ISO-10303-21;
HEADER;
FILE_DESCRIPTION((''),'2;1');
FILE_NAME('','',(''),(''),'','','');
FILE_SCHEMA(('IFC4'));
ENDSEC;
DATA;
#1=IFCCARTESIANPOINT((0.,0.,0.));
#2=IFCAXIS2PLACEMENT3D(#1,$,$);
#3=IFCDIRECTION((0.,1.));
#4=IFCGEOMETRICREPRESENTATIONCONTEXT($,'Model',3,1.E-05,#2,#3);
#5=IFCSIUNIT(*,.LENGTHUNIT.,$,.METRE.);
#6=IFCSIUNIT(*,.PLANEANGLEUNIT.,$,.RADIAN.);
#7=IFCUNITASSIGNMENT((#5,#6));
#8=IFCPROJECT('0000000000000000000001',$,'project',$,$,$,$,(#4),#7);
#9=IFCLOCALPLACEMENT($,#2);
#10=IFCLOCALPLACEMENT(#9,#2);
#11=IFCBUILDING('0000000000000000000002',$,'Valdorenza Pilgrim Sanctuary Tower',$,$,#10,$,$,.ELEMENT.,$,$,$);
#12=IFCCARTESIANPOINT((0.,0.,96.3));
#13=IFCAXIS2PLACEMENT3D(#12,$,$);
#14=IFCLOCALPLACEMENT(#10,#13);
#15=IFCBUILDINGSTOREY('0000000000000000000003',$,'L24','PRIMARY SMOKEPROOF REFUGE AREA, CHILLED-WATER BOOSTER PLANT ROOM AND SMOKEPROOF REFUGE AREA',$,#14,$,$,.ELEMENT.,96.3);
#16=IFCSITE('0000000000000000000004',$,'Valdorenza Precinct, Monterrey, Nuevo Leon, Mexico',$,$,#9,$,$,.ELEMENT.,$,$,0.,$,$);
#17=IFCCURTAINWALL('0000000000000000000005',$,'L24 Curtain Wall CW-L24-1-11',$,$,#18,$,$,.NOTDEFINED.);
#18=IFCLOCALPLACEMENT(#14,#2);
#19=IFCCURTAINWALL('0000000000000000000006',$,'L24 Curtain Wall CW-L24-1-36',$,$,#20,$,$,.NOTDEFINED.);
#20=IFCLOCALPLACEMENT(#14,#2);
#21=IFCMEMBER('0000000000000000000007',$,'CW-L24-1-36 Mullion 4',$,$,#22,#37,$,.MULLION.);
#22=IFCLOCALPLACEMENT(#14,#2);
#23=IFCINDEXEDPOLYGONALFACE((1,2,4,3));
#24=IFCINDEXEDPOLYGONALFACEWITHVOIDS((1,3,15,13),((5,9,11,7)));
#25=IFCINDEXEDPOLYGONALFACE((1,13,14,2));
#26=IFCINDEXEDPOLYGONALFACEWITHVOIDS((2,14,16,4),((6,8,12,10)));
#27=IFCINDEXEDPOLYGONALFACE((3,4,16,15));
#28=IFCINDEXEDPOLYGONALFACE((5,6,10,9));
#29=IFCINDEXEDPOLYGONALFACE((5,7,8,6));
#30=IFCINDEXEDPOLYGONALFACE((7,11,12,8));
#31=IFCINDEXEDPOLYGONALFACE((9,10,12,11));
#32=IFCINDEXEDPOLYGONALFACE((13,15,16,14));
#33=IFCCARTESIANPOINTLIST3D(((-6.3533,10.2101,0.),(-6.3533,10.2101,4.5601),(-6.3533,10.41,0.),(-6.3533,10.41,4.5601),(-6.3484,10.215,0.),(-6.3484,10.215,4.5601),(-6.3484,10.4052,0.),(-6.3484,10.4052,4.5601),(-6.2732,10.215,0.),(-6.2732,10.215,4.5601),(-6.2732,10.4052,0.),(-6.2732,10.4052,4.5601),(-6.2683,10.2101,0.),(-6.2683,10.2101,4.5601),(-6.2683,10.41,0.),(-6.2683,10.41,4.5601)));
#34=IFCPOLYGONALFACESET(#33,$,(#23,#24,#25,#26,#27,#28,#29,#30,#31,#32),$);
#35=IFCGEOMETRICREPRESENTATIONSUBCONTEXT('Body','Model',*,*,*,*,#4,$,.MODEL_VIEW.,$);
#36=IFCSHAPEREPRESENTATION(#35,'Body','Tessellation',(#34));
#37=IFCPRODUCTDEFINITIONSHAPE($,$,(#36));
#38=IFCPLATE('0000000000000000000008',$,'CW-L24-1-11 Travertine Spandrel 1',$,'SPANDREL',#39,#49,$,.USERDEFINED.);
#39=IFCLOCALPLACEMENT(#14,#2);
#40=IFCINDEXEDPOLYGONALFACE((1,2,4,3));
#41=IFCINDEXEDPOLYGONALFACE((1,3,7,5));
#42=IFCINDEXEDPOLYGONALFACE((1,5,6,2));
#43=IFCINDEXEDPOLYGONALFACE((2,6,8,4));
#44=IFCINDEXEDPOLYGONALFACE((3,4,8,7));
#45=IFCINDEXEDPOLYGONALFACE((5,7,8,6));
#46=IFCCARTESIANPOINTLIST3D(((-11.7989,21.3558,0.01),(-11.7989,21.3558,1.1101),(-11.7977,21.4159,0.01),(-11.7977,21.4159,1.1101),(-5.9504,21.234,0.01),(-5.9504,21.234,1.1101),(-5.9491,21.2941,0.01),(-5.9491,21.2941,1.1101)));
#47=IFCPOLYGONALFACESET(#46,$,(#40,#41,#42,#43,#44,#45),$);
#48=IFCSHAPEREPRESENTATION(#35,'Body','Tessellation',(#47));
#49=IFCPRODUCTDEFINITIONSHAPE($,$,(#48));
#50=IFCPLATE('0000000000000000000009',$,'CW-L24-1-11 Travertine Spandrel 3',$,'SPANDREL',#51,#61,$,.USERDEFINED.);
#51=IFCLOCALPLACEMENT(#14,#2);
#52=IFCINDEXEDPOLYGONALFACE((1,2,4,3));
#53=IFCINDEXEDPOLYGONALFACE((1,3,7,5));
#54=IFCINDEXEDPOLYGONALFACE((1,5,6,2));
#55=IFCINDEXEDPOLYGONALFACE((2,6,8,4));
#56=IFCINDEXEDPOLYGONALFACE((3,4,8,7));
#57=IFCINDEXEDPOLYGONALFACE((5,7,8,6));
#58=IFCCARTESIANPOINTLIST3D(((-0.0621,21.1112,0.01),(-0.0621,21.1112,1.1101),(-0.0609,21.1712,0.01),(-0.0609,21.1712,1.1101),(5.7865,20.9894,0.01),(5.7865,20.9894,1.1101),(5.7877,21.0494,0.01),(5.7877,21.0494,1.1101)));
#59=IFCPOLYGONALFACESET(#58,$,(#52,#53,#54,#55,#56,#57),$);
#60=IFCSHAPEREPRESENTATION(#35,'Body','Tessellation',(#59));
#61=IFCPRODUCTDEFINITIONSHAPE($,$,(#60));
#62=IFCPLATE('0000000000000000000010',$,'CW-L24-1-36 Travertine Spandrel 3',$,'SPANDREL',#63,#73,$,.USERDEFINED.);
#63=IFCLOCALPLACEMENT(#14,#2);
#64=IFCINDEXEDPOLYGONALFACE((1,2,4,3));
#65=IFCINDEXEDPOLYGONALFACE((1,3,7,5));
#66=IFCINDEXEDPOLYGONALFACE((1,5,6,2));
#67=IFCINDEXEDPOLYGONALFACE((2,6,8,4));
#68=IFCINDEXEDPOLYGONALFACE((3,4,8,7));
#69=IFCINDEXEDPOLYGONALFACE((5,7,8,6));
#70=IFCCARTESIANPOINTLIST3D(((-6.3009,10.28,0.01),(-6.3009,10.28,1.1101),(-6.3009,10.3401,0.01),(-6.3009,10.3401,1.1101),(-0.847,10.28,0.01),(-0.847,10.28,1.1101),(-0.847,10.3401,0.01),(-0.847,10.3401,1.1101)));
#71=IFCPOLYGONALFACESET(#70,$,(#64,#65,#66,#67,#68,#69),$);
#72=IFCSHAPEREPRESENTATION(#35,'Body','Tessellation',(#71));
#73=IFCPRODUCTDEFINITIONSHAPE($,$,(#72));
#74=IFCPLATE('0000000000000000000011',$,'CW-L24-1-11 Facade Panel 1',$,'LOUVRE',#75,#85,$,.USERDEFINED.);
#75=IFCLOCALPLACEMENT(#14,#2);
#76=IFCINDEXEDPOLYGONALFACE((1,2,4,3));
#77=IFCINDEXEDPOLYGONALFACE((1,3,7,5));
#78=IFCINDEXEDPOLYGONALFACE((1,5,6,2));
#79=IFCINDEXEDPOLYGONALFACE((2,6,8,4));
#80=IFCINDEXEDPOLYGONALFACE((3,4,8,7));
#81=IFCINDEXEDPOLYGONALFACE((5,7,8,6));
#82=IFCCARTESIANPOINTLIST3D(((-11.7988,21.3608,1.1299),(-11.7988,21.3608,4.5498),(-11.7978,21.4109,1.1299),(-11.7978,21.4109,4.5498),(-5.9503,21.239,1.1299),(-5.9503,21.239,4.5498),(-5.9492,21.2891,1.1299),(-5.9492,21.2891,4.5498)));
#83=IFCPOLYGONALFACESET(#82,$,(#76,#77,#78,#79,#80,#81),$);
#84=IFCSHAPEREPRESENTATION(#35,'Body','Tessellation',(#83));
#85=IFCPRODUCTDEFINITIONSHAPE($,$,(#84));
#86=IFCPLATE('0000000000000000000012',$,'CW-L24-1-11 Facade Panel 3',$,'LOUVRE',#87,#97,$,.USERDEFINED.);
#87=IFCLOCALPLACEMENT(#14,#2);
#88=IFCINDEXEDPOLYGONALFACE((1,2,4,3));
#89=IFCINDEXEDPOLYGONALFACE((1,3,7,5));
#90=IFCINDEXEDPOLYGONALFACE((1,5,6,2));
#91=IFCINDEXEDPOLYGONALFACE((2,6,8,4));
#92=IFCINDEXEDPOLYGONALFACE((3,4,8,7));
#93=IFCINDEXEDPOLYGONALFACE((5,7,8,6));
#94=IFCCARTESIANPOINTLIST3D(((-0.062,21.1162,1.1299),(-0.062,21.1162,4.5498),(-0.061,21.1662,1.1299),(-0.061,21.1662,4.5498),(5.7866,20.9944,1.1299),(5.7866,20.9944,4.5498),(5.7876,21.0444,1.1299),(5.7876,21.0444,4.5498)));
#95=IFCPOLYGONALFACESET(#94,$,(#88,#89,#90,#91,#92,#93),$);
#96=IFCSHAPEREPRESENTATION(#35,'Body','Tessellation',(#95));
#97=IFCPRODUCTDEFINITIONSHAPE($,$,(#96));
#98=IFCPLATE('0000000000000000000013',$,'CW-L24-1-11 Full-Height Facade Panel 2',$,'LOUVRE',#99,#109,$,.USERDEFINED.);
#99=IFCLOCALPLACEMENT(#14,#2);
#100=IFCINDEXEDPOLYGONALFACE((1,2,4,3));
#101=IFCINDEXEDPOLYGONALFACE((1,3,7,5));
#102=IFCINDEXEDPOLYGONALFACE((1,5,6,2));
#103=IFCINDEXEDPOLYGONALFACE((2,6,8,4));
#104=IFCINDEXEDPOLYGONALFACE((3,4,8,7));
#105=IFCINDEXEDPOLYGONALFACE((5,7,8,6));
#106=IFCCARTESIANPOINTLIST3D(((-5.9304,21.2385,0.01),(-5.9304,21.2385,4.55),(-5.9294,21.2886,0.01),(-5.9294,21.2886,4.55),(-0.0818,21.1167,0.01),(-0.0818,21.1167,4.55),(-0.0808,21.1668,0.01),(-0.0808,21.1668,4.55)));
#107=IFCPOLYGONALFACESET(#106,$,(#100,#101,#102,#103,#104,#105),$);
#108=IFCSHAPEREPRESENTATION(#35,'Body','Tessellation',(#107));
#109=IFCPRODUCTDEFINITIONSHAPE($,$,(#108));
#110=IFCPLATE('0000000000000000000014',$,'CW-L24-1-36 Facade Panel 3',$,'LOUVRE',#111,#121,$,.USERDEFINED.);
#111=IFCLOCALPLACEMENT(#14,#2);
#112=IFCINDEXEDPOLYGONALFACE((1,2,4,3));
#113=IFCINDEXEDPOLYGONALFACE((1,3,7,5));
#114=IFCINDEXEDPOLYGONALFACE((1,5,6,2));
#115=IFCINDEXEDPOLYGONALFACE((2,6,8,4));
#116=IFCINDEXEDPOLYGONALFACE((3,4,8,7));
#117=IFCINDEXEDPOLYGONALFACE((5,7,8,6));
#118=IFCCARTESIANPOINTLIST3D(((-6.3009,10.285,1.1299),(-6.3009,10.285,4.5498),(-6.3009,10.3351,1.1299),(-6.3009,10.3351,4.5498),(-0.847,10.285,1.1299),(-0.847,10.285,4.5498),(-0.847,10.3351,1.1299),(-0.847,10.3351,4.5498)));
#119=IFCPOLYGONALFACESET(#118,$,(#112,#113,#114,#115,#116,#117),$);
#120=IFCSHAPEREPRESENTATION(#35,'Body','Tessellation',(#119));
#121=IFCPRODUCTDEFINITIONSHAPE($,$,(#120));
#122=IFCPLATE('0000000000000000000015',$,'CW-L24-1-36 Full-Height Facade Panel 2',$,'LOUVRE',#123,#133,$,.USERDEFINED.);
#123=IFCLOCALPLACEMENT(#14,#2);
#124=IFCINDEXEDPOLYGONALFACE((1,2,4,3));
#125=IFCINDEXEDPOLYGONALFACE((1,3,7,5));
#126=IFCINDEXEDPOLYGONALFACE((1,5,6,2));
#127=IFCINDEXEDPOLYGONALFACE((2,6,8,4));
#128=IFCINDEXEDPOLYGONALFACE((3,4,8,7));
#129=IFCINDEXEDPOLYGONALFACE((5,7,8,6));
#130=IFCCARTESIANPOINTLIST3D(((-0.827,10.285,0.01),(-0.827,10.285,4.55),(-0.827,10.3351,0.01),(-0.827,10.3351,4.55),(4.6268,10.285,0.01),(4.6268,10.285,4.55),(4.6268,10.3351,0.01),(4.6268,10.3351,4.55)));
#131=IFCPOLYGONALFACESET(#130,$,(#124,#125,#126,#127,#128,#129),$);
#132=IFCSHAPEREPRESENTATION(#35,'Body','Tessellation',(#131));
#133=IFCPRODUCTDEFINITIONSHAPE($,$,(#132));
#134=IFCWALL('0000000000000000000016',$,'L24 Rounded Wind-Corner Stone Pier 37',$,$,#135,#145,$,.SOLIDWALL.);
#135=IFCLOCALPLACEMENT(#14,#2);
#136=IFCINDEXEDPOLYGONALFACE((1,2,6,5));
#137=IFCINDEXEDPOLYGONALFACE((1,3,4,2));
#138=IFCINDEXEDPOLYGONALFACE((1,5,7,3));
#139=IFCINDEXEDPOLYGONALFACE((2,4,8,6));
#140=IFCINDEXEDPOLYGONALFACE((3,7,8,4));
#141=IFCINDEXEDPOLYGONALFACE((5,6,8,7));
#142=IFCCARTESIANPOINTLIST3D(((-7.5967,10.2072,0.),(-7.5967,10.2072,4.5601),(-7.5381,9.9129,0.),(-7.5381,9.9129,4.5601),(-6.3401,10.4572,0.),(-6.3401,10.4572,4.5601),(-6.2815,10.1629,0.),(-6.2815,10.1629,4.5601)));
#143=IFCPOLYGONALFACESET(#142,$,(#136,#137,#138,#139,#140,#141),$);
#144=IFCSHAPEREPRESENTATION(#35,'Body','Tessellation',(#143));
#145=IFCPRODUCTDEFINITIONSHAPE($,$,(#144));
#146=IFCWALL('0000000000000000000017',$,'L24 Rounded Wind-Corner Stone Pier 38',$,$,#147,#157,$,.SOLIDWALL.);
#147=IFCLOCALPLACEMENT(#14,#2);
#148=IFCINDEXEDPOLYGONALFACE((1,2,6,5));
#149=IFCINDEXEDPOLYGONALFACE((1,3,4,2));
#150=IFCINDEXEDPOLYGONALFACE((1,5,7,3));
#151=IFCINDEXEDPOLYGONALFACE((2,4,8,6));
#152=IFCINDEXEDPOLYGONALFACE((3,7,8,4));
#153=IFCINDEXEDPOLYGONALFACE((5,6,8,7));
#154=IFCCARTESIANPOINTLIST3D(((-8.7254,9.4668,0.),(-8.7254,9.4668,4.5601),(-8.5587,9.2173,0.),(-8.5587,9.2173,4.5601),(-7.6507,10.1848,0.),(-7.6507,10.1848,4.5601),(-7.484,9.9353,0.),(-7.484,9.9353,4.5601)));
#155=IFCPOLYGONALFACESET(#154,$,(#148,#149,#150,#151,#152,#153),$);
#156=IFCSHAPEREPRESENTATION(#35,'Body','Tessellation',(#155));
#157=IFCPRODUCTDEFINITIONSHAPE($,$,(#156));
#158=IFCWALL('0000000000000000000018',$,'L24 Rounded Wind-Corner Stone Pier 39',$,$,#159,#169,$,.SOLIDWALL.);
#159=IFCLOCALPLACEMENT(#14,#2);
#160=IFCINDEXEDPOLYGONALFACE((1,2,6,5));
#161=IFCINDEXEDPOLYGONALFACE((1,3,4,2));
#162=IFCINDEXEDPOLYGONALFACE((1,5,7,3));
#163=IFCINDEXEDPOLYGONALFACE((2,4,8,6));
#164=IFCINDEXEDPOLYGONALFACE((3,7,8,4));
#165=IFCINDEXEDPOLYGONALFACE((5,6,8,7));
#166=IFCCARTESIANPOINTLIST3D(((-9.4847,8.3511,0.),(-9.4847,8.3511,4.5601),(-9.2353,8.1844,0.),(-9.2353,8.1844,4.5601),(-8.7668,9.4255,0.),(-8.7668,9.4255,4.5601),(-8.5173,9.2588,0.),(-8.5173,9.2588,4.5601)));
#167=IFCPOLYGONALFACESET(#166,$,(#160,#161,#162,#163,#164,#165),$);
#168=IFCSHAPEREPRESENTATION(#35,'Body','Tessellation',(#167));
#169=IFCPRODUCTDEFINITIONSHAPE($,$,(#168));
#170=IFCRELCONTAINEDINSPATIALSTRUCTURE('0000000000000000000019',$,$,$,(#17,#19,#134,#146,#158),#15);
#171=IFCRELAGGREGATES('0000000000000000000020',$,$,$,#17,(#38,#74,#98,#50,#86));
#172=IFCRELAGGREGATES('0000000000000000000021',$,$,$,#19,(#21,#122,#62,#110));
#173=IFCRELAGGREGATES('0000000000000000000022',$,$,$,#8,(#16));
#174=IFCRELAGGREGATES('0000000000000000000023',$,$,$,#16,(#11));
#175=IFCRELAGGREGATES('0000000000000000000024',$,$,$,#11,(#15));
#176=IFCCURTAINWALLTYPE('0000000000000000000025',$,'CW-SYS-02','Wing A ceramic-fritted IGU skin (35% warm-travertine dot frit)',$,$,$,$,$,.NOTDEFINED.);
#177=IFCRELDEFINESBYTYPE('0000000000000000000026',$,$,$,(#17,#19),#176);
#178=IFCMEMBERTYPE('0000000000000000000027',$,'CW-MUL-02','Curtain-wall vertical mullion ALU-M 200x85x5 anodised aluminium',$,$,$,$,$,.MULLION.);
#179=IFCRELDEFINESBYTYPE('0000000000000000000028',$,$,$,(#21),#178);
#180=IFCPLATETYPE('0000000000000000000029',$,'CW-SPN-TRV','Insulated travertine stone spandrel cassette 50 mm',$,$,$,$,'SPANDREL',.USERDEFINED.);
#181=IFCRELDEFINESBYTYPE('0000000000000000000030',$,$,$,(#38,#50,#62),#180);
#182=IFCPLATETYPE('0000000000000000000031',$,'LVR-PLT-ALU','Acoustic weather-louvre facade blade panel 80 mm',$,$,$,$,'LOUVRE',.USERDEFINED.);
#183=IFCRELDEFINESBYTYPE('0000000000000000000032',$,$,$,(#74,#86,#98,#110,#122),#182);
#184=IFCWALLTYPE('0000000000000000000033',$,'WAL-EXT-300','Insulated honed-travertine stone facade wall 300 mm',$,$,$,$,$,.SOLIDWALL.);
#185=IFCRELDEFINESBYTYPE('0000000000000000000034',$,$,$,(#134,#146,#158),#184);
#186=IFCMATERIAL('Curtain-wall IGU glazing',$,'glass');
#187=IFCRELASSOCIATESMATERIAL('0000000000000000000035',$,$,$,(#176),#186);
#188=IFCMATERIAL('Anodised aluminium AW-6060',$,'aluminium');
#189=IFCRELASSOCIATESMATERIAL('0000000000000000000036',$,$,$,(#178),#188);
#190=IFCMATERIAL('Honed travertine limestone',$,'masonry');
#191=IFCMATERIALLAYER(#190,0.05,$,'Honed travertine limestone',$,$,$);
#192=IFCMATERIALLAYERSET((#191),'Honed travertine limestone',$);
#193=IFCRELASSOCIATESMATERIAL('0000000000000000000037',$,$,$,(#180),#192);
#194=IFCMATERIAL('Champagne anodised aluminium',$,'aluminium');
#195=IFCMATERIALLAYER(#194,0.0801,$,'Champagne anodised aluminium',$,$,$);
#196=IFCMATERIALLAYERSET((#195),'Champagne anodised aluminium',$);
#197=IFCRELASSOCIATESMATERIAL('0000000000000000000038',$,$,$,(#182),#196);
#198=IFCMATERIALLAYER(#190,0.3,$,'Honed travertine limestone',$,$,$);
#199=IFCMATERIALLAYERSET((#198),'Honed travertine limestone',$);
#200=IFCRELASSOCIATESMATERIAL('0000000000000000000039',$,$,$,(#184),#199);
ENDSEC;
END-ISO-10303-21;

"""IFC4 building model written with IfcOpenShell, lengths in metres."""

from ifc_helpers import new_model, si_unit, direction, frame, frame_2d, origin, origin_2d, place, context, subcontext, project, spatial, rectangle, hollow_rectangle, extrude, source, transform, mapped, material, layer, layer_set, material_profile, profile_set, type_object, element, aggregate, save


model = new_model("IFC4")

# Units and contexts
model_context = context("Model", 3, precision=1e-05, world=origin(), true_north=direction((0.0, 1.0)))
body_context = subcontext(model_context, "Body", "Model", "MODEL_VIEW")
ifc_project = project(units=[si_unit("LENGTHUNIT", "METRE"), si_unit("PLANEANGLEUNIT", "RADIAN")], contexts=[model_context])

# Site, building, storey
site_placement = place(None, origin())
site = spatial("IfcSite", under=ifc_project, at=site_placement, Name="Valdorenza Precinct, Monterrey, Nuevo Leon, Mexico", CompositionType="ELEMENT", RefElevation=0.0)
building_placement = place(site_placement, origin())
building = spatial("IfcBuilding", under=site, at=building_placement, Name="Valdorenza Pilgrim Sanctuary Tower", CompositionType="ELEMENT")
storey_placement = place(building_placement, frame((0.0, 0.0, 96.3)))
storey = spatial("IfcBuildingStorey", under=building, at=storey_placement, Name="L24", Description="PRIMARY SMOKEPROOF REFUGE AREA, CHILLED-WATER BOOSTER PLANT ROOM AND SMOKEPROOF REFUGE AREA", CompositionType="ELEMENT", Elevation=96.3)

# Curtain walls, member
ifc_material_1 = material(Name="Curtain-wall IGU glazing", Category="glass")
curtain_wall_type = type_object("IfcCurtainWallType", Name="CW-SYS-02", Description="Wing A ceramic-fritted IGU skin (35% warm-travertine dot frit)", PredefinedType="NOTDEFINED", material=ifc_material_1)
curtain_wall_1_placement = place(storey_placement, origin())
curtain_wall_1 = element("IfcCurtainWall", 1, at=curtain_wall_1_placement, inside=storey, type_object=curtain_wall_type, Name="L24 Curtain Wall CW-L24-1-11", PredefinedType="NOTDEFINED")
ifc_material_2 = material(Name="Anodised aluminium AW-6060", Category="aluminium")
ifc_material_profile_1 = material_profile(ifc_material_2, hollow_rectangle(XDim=0.085, YDim=0.2, WallThickness=0.0049, at=origin_2d()), Name="ALU-M 200x85x5")
ifc_profile_set_1 = profile_set([ifc_material_profile_1], Name="Anodised aluminium AW-6060")
member_type = type_object("IfcMemberType", Name="CW-MUL-02", Description="Curtain-wall vertical mullion ALU-M 200x85x5 anodised aluminium", PredefinedType="MULLION", material=ifc_profile_set_1)
shared_shape_1 = source(origin(), body_context, "Body", "SweptSolid", [
    extrude(hollow_rectangle(XDim=0.085, YDim=0.2, WallThickness=0.0049, at=origin_2d()), origin(), (0.0, 0.0, 1.0), 4.5601),
])
curtain_wall_2_placement = place(storey_placement, origin())
curtain_wall_2 = element("IfcCurtainWall", 2, at=curtain_wall_2_placement, inside=storey, type_object=curtain_wall_type, Name="L24 Curtain Wall CW-L24-1-36", PredefinedType="NOTDEFINED")
member_1_placement = place(storey_placement, frame((-6.3108, 10.3101, 0.0), z_axis=(0.0, 0.0, 1.0), x_axis=(-1.0, 0.0, 0.0)))
member_1 = element("IfcMember", 3, at=member_1_placement, type_object=member_type, Name="CW-L24-1-36 Mullion 4", PredefinedType="MULLION", context=body_context, shape_type="MappedRepresentation", body=[
    mapped(shared_shape_1, transform((0.0, 0.0, 0.0), x_axis=(1.0, 0.0, 0.0), y_axis=(0.0, 1.0, 0.0), z_axis=(0.0, 0.0, 1.0), scale=1.0)),
])

# Plates
ifc_material_3 = material(Name="Honed travertine limestone", Category="masonry")
ifc_layer_1 = layer(ifc_material_3, 0.05, Name="Honed travertine limestone")
ifc_layer_set_1 = layer_set([ifc_layer_1], Name="Honed travertine limestone")
plate_type_1 = type_object("IfcPlateType", Name="CW-SPN-TRV", Description="Insulated travertine stone spandrel cassette 50 mm", ElementType="SPANDREL", PredefinedType="USERDEFINED", material=ifc_layer_set_1)
shared_shape_2 = source(origin(), body_context, "Body", "SweptSolid", [
    extrude(rectangle(XDim=5.8499, YDim=0.0601, at=origin_2d()), origin(), (0.0, 0.0, 1.0), 1.1001),
])
plate_1_placement = place(storey_placement, frame((-8.874, 21.325, 0.01), z_axis=(0.0, 0.0, 1.0), x_axis=(0.999783, -0.02082, 0.0)))
plate_1 = element("IfcPlate", 4, at=plate_1_placement, type_object=plate_type_1, Name="CW-L24-1-11 Travertine Spandrel 1", ObjectType="SPANDREL", PredefinedType="USERDEFINED", context=body_context, shape_type="MappedRepresentation", body=[
    mapped(shared_shape_2, transform((0.0, 0.0, 0.0), x_axis=(1.0, 0.0, 0.0), y_axis=(0.0, 1.0, 0.0), z_axis=(0.0, 0.0, 1.0), scale=1.0)),
])
plate_2_placement = place(storey_placement, frame((2.8628, 21.0803, 0.01), z_axis=(0.0, 0.0, 1.0), x_axis=(0.999783, -0.02082, 0.0)))
plate_2 = element("IfcPlate", 5, at=plate_2_placement, type_object=plate_type_1, Name="CW-L24-1-11 Travertine Spandrel 3", ObjectType="SPANDREL", PredefinedType="USERDEFINED", context=body_context, shape_type="MappedRepresentation", body=[
    mapped(shared_shape_2, transform((0.0, 0.0, 0.0), x_axis=(1.0, 0.0, 0.0), y_axis=(0.0, 1.0, 0.0), z_axis=(0.0, 0.0, 1.0), scale=1.0)),
])
shared_shape_3 = source(origin(), body_context, "Body", "SweptSolid", [
    extrude(rectangle(XDim=5.4539, YDim=0.0601, at=origin_2d()), origin(), (0.0, 0.0, 1.0), 1.1001),
])
plate_3_placement = place(storey_placement, frame((-3.574, 10.3101, 0.01), z_axis=(0.0, 0.0, 1.0), x_axis=(-1.0, 0.0, 0.0)))
plate_3 = element("IfcPlate", 6, at=plate_3_placement, type_object=plate_type_1, Name="CW-L24-1-36 Travertine Spandrel 3", ObjectType="SPANDREL", PredefinedType="USERDEFINED", context=body_context, shape_type="MappedRepresentation", body=[
    mapped(shared_shape_3, transform((0.0, 0.0, 0.0), x_axis=(1.0, 0.0, 0.0), y_axis=(0.0, 1.0, 0.0), z_axis=(0.0, 0.0, 1.0), scale=1.0)),
])
ifc_material_4 = material(Name="Champagne anodised aluminium", Category="aluminium")
ifc_layer_2 = layer(ifc_material_4, 0.0801, Name="Champagne anodised aluminium")
ifc_layer_set_2 = layer_set([ifc_layer_2], Name="Champagne anodised aluminium")
plate_type_2 = type_object("IfcPlateType", Name="LVR-PLT-ALU", Description="Acoustic weather-louvre facade blade panel 80 mm", ElementType="LOUVRE", PredefinedType="USERDEFINED", material=ifc_layer_set_2)
shared_shape_4 = source(origin(), body_context, "Body", "SweptSolid", [
    extrude(rectangle(XDim=5.8499, YDim=0.05, at=origin_2d()), origin(), (0.0, 0.0, 1.0), 3.4199),
])
plate_4_placement = place(storey_placement, frame((-8.874, 21.325, 1.1299), z_axis=(0.0, 0.0, 1.0), x_axis=(0.999783, -0.02082, 0.0)))
plate_4 = element("IfcPlate", 7, at=plate_4_placement, type_object=plate_type_2, Name="CW-L24-1-11 Facade Panel 1", ObjectType="LOUVRE", PredefinedType="USERDEFINED", context=body_context, shape_type="MappedRepresentation", body=[
    mapped(shared_shape_4, transform((0.0, 0.0, 0.0), x_axis=(1.0, 0.0, 0.0), y_axis=(0.0, 1.0, 0.0), z_axis=(0.0, 0.0, 1.0), scale=1.0)),
])
plate_5_placement = place(storey_placement, frame((2.8628, 21.0803, 1.1299), z_axis=(0.0, 0.0, 1.0), x_axis=(0.999783, -0.02082, 0.0)))
plate_5 = element("IfcPlate", 8, at=plate_5_placement, type_object=plate_type_2, Name="CW-L24-1-11 Facade Panel 3", ObjectType="LOUVRE", PredefinedType="USERDEFINED", context=body_context, shape_type="MappedRepresentation", body=[
    mapped(shared_shape_4, transform((0.0, 0.0, 0.0), x_axis=(1.0, 0.0, 0.0), y_axis=(0.0, 1.0, 0.0), z_axis=(0.0, 0.0, 1.0), scale=1.0)),
])
shared_shape_5 = source(origin(), body_context, "Body", "SweptSolid", [
    extrude(rectangle(XDim=5.8499, YDim=0.05, at=origin_2d()), origin(), (0.0, 0.0, 1.0), 4.54),
])
plate_6_placement = place(storey_placement, frame((-3.0056, 21.2026, 0.01), z_axis=(0.0, 0.0, 1.0), x_axis=(0.999783, -0.02082, 0.0)))
plate_6 = element("IfcPlate", 9, at=plate_6_placement, type_object=plate_type_2, Name="CW-L24-1-11 Full-Height Facade Panel 2", ObjectType="LOUVRE", PredefinedType="USERDEFINED", context=body_context, shape_type="MappedRepresentation", body=[
    mapped(shared_shape_5, transform((0.0, 0.0, 0.0), x_axis=(1.0, 0.0, 0.0), y_axis=(0.0, 1.0, 0.0), z_axis=(0.0, 0.0, 1.0), scale=1.0)),
])
aggregate(curtain_wall_1, [plate_1, plate_4, plate_6, plate_2, plate_5])
shared_shape_6 = source(origin(), body_context, "Body", "SweptSolid", [
    extrude(rectangle(XDim=5.4539, YDim=0.05, at=origin_2d()), origin(), (0.0, 0.0, 1.0), 3.4199),
])
plate_7_placement = place(storey_placement, frame((-3.574, 10.3101, 1.1299), z_axis=(0.0, 0.0, 1.0), x_axis=(-1.0, 0.0, 0.0)))
plate_7 = element("IfcPlate", 10, at=plate_7_placement, type_object=plate_type_2, Name="CW-L24-1-36 Facade Panel 3", ObjectType="LOUVRE", PredefinedType="USERDEFINED", context=body_context, shape_type="MappedRepresentation", body=[
    mapped(shared_shape_6, transform((0.0, 0.0, 0.0), x_axis=(1.0, 0.0, 0.0), y_axis=(0.0, 1.0, 0.0), z_axis=(0.0, 0.0, 1.0), scale=1.0)),
])
shared_shape_7 = source(origin(), body_context, "Body", "SweptSolid", [
    extrude(rectangle(XDim=5.4539, YDim=0.05, at=origin_2d()), origin(), (0.0, 0.0, 1.0), 4.54),
])
plate_8_placement = place(storey_placement, frame((1.8999, 10.3101, 0.01), z_axis=(0.0, 0.0, 1.0), x_axis=(-1.0, 0.0, 0.0)))
plate_8 = element("IfcPlate", 11, at=plate_8_placement, type_object=plate_type_2, Name="CW-L24-1-36 Full-Height Facade Panel 2", ObjectType="LOUVRE", PredefinedType="USERDEFINED", context=body_context, shape_type="MappedRepresentation", body=[
    mapped(shared_shape_7, transform((0.0, 0.0, 0.0), x_axis=(1.0, 0.0, 0.0), y_axis=(0.0, 1.0, 0.0), z_axis=(0.0, 0.0, 1.0), scale=1.0)),
])
aggregate(curtain_wall_2, [member_1, plate_8, plate_3, plate_7])

# Walls
ifc_layer_3 = layer(ifc_material_3, 0.3, Name="Honed travertine limestone")
ifc_layer_set_3 = layer_set([ifc_layer_3], Name="Honed travertine limestone")
wall_type_1 = type_object("IfcWallType", Name="WAL-EXT-300", Description="Insulated honed-travertine stone facade wall 300 mm", PredefinedType="SOLIDWALL", material=ifc_layer_set_3)
wall_1_placement = place(storey_placement, frame((-6.3108, 10.3101, 0.0), z_axis=(0.0, 0.0, 1.0), x_axis=(-0.980778, -0.195127, 0.0)))
element("IfcWall", 12, at=wall_1_placement, inside=storey, type_object=wall_type_1, Name="L24 Rounded Wind-Corner Stone Pier 37", PredefinedType="SOLIDWALL", context=body_context, shape_type="SweptSolid", body=[
    extrude(rectangle(XDim=1.2812, YDim=0.3, at=frame_2d((0.6406, 0.0))), origin(), (0.0, 0.0, 1.0), 4.5601),
])
wall_2_placement = place(storey_placement, frame((-7.5674, 10.0601, 0.0), z_axis=(0.0, 0.0, 1.0), x_axis=(-0.831498, -0.555528, 0.0)))
element("IfcWall", 13, at=wall_2_placement, inside=storey, type_object=wall_type_1, Name="L24 Rounded Wind-Corner Stone Pier 38", PredefinedType="SOLIDWALL", context=body_context, shape_type="SweptSolid", body=[
    extrude(rectangle(XDim=1.2925, YDim=0.3, at=frame_2d((0.6462, 0.0))), origin(), (0.0, 0.0, 1.0), 4.5601),
])
wall_3_placement = place(storey_placement, frame((-8.6421, 9.342, 0.0), z_axis=(0.0, 0.0, 1.0), x_axis=(-0.555615, -0.831439, 0.0)))
element("IfcWall", 14, at=wall_3_placement, inside=storey, type_object=wall_type_1, Name="L24 Rounded Wind-Corner Stone Pier 39", PredefinedType="SOLIDWALL", context=body_context, shape_type="SweptSolid", body=[
    extrude(rectangle(XDim=1.2922, YDim=0.3, at=frame_2d((0.646, 0.0))), origin(), (0.0, 0.0, 1.0), 4.5601),
])

save(model, "model.ifc")
